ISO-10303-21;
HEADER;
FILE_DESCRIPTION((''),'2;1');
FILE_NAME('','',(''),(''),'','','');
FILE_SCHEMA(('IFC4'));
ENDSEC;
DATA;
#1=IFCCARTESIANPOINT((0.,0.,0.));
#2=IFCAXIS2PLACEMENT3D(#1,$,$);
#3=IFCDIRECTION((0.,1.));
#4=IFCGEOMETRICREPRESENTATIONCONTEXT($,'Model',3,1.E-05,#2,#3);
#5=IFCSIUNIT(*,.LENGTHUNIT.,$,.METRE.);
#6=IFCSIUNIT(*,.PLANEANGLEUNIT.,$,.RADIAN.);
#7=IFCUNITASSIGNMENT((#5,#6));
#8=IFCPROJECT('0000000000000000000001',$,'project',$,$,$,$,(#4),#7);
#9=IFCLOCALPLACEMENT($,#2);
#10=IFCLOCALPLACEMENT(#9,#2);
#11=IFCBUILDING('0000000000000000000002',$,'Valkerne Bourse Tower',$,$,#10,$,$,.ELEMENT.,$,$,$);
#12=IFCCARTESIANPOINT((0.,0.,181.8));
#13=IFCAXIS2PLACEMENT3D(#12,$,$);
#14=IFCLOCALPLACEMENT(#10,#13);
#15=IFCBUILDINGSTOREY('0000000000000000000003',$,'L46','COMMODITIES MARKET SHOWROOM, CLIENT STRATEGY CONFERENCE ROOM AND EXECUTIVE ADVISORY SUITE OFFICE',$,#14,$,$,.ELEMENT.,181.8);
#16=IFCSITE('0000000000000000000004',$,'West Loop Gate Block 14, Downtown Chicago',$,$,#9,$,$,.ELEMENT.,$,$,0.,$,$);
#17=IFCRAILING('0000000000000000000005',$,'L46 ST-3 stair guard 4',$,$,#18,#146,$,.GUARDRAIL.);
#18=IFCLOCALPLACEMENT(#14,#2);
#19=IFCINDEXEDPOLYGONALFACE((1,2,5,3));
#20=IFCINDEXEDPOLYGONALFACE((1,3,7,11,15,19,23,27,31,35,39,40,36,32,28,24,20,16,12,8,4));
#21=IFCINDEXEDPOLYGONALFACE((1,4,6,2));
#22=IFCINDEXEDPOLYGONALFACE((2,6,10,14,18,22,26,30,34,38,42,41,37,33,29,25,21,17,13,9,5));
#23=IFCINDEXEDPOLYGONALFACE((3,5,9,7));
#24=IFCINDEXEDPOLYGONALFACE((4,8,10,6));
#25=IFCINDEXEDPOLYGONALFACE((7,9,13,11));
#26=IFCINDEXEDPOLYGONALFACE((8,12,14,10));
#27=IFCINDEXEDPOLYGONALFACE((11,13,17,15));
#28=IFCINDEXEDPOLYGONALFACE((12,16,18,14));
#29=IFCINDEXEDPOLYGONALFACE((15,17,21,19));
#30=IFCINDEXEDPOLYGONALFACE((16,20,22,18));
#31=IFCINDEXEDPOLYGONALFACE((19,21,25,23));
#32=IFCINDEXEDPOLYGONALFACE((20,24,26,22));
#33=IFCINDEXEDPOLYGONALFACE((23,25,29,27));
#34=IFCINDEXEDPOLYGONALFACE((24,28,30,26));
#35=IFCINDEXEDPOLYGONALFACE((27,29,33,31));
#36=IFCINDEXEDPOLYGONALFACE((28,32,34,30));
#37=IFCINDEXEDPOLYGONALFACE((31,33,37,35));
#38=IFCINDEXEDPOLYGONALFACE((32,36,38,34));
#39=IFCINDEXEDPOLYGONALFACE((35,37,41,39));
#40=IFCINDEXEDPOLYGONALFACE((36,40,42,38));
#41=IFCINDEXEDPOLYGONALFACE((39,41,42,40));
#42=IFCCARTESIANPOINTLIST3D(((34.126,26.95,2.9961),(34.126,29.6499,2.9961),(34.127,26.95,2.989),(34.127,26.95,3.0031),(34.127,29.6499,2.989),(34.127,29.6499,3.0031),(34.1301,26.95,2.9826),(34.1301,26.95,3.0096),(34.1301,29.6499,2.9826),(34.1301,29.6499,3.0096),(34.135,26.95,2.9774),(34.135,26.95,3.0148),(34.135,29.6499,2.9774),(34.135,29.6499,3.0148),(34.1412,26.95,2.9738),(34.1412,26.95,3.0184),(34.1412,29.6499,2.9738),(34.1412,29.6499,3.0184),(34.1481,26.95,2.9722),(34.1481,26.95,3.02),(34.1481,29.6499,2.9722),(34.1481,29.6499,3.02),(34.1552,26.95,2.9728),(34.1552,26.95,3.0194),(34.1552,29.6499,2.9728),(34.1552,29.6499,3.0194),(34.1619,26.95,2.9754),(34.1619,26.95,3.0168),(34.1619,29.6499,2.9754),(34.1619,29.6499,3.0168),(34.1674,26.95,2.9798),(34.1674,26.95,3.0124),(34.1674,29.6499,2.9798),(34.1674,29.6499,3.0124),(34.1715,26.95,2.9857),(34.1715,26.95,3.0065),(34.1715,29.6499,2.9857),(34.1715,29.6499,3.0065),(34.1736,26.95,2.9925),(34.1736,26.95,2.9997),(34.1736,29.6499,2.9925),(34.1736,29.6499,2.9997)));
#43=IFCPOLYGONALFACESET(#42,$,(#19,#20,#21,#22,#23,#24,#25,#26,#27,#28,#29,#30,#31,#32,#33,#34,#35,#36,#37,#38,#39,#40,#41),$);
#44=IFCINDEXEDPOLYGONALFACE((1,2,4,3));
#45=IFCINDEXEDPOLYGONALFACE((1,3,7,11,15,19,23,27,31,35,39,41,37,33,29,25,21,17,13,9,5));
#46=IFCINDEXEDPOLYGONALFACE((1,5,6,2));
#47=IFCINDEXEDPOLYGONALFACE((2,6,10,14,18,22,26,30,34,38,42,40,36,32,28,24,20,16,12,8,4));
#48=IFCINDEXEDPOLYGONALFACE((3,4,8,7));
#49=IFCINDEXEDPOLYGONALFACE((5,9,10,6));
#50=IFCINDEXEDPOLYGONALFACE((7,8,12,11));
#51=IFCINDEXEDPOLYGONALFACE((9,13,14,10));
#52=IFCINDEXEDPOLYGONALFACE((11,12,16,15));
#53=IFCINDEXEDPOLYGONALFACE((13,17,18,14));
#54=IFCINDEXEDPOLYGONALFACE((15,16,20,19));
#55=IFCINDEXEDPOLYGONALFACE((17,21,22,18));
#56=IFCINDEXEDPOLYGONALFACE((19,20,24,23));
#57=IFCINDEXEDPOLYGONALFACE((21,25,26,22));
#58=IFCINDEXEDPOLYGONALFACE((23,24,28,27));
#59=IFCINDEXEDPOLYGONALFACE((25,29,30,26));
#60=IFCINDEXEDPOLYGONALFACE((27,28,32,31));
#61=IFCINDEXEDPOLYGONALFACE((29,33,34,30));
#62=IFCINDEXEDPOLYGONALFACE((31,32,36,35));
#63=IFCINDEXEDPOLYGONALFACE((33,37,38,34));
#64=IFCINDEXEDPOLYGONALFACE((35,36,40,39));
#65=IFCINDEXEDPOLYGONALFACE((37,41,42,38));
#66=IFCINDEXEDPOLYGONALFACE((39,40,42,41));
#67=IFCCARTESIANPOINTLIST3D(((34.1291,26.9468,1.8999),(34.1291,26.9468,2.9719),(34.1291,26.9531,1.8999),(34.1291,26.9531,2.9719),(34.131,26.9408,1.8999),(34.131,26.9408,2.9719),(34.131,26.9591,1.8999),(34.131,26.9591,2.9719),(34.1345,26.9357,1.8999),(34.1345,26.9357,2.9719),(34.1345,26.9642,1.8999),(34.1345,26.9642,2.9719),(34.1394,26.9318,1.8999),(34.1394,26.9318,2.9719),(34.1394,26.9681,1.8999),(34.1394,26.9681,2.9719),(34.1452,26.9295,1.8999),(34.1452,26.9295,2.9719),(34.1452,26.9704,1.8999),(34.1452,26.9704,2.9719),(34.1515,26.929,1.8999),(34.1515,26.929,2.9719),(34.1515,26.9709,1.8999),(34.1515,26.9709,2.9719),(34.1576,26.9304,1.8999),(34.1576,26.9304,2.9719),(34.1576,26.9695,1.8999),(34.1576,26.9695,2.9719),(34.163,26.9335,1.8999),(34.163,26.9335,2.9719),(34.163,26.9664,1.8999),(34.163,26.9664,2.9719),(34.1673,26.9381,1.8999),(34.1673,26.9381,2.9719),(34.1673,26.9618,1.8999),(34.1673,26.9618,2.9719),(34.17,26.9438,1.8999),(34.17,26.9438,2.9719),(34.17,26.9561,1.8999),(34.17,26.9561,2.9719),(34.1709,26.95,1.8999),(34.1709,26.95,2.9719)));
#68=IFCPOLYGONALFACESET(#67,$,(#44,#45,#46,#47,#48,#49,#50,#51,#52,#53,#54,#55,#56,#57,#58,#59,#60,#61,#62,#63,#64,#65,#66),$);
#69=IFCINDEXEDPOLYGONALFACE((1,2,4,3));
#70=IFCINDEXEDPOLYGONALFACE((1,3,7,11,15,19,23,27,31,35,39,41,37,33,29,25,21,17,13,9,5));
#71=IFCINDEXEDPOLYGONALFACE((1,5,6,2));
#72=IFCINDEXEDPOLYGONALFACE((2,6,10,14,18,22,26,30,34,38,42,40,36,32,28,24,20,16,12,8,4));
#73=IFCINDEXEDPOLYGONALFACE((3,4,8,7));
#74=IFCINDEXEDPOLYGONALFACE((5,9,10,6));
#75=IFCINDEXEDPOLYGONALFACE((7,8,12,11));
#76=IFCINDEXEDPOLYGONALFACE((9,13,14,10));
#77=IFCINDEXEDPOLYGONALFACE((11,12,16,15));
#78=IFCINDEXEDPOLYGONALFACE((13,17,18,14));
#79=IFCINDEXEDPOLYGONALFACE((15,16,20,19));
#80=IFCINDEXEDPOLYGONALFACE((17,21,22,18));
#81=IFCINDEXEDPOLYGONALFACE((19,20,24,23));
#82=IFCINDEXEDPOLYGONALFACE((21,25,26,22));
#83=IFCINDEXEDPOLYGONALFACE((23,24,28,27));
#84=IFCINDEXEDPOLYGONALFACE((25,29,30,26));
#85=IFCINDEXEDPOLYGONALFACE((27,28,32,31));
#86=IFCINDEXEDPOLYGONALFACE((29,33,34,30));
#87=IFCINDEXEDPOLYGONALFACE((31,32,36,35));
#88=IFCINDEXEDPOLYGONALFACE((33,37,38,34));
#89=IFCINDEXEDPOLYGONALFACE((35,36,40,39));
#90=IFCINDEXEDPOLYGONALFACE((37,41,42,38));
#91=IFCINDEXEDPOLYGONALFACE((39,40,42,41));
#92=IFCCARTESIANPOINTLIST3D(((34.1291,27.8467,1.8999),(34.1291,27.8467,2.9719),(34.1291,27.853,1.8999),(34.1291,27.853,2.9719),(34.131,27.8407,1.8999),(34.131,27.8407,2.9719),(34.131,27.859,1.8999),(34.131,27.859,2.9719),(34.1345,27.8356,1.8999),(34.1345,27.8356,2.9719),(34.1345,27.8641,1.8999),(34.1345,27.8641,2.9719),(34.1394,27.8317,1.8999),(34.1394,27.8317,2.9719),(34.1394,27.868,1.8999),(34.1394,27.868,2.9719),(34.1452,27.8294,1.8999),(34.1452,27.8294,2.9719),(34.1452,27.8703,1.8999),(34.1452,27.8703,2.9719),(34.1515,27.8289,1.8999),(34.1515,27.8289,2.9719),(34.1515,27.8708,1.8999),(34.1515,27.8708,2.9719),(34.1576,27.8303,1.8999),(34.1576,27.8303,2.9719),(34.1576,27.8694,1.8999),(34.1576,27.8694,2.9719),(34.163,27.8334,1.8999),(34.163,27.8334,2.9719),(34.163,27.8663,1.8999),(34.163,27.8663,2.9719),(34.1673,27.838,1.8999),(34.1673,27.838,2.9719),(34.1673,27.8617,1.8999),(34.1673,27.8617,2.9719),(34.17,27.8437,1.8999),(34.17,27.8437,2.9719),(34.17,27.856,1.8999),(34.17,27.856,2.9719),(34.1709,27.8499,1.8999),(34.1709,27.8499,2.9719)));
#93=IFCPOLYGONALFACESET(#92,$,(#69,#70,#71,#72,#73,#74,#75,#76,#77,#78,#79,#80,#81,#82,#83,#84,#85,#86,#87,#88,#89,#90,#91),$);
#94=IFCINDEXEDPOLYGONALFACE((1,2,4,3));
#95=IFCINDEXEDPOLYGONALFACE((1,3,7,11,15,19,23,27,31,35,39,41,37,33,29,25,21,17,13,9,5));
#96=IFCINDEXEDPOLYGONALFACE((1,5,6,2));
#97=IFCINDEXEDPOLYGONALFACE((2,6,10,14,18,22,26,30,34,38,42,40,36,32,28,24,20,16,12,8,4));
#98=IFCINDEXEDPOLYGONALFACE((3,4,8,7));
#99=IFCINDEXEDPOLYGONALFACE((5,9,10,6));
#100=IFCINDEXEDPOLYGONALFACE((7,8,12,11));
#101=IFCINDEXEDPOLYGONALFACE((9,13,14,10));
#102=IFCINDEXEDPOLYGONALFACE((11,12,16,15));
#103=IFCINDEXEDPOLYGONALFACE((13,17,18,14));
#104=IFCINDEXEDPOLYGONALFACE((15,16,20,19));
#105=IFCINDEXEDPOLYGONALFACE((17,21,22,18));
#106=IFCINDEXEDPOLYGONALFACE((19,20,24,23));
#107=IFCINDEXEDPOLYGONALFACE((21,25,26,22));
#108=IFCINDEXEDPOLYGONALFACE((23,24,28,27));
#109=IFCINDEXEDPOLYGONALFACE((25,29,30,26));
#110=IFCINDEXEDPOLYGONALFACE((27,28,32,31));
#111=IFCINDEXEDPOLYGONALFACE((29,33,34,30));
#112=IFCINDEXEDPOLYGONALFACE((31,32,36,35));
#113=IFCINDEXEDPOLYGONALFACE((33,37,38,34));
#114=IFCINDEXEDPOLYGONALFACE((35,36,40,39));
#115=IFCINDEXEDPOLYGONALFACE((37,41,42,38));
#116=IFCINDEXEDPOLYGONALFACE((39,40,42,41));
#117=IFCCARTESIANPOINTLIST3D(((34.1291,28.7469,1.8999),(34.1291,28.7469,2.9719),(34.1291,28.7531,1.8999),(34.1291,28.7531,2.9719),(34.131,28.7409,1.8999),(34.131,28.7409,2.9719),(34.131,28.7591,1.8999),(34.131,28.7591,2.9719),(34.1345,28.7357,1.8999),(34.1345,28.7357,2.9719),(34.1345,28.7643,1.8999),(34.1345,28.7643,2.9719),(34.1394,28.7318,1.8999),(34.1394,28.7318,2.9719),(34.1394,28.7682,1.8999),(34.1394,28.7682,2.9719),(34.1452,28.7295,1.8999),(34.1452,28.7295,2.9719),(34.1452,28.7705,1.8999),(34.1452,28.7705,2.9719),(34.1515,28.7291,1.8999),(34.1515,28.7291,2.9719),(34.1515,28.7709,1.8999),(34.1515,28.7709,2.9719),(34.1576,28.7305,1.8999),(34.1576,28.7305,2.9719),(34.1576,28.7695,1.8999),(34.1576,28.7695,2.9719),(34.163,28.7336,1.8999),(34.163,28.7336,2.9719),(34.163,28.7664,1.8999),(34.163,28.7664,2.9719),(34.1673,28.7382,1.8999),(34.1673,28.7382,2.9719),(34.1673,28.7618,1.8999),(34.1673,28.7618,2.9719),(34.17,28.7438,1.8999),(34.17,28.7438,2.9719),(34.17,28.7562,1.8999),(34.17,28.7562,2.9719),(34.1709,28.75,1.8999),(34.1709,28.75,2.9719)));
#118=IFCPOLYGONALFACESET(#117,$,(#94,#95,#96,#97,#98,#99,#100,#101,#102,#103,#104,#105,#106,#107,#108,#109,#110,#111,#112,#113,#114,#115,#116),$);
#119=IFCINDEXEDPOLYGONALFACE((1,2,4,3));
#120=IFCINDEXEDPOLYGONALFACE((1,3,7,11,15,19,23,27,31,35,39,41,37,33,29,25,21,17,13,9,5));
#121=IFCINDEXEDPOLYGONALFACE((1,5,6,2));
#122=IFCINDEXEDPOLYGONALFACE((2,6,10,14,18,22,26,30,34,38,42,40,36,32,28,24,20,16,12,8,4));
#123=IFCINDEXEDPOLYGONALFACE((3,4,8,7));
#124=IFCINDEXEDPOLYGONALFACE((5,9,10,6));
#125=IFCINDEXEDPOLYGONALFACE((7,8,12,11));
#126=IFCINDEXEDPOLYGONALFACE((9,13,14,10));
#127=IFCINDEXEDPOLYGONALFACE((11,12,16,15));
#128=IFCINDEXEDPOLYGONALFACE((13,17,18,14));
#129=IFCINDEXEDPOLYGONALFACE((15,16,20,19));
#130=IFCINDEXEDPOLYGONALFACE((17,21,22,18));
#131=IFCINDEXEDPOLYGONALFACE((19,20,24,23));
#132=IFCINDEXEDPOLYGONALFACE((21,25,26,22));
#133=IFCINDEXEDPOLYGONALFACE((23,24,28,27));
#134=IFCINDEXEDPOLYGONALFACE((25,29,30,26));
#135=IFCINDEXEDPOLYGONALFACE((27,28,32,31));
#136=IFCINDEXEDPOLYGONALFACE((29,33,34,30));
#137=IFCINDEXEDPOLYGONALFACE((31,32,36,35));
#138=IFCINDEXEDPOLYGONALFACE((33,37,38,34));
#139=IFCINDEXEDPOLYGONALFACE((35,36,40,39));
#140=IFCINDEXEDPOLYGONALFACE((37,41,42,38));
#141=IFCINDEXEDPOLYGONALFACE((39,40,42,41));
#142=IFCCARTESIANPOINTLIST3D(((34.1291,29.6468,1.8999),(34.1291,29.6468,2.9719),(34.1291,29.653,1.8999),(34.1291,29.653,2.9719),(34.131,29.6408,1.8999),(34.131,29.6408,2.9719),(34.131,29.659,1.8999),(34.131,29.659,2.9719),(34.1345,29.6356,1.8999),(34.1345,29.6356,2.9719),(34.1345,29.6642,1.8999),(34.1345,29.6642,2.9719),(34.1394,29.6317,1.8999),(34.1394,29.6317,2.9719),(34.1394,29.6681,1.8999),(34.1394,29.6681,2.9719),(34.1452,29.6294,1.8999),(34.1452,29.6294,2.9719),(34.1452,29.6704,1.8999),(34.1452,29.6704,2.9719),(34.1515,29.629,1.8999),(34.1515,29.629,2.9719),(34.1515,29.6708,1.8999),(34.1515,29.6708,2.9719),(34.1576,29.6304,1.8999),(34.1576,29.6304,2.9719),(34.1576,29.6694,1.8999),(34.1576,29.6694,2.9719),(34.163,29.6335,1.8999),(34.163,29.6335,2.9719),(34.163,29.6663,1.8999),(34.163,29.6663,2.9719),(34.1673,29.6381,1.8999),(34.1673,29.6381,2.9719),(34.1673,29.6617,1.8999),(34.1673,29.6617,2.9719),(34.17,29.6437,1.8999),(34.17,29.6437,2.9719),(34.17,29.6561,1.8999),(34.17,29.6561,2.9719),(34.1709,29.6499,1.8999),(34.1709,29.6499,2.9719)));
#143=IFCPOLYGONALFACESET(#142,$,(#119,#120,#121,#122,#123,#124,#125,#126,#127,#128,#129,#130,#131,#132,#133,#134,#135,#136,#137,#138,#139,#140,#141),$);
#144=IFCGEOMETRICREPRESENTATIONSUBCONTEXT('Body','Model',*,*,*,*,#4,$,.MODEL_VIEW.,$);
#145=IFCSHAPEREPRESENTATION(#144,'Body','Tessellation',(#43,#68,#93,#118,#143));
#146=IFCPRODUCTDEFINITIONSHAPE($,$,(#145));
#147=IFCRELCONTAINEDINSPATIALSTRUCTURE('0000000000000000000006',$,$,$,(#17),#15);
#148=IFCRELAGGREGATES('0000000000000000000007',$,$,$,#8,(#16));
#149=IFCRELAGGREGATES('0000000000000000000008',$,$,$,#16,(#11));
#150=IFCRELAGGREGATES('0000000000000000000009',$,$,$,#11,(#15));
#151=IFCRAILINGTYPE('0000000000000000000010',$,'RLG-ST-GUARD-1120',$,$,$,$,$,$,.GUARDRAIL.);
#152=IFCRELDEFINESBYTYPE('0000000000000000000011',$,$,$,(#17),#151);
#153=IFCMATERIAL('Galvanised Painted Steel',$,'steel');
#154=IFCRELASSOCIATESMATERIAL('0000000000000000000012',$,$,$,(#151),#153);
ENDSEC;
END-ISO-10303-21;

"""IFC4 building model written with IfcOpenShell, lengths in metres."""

from ifc_helpers import new_model, si_unit, direction, frame, origin, origin_2d, place, context, subcontext, project, spatial, circle, extrude, material, type_object, element, save


model = new_model("IFC4")

# Units and contexts
model_context = context("Model", 3, precision=1e-05, world=origin(), true_north=direction((0.0, 1.0)))
body_context = subcontext(model_context, "Body", "Model", "MODEL_VIEW")
ifc_project = project(units=[si_unit("LENGTHUNIT", "METRE"), si_unit("PLANEANGLEUNIT", "RADIAN")], contexts=[model_context])

# Site, building, storey
site_placement = place(None, origin())
site = spatial("IfcSite", under=ifc_project, at=site_placement, Name="West Loop Gate Block 14, Downtown Chicago", CompositionType="ELEMENT", RefElevation=0.0)
building_placement = place(site_placement, origin())
building = spatial("IfcBuilding", under=site, at=building_placement, Name="Valkerne Bourse Tower", CompositionType="ELEMENT")
storey_placement = place(building_placement, frame((0.0, 0.0, 181.8)))
storey = spatial("IfcBuildingStorey", under=building, at=storey_placement, Name="L46", Description="COMMODITIES MARKET SHOWROOM, CLIENT STRATEGY CONFERENCE ROOM AND EXECUTIVE ADVISORY SUITE OFFICE", CompositionType="ELEMENT", Elevation=181.8)

# Railing
ifc_material_1 = material(Name="Galvanised Painted Steel", Category="steel")
railing_type_1 = type_object("IfcRailingType", Name="RLG-ST-GUARD-1120", PredefinedType="GUARDRAIL", material=ifc_material_1)
for number, where, name in (
    (1, (34.1499, 26.95, 1.8999), "L46 ST-3 stair guard 4"),
):
    element("IfcRailing", number, at=place(storey_placement, frame(where)), inside=storey, type_object=railing_type_1, Name=name, PredefinedType="GUARDRAIL", context=body_context, shape_type="SweptSolid", body=[
        extrude(circle(Radius=0.0239, at=origin_2d()), frame((0.0, 0.0, 1.0962), z_axis=(0.0, 1.0, 0.0), x_axis=(-1.0, 0.0, 0.0)), (0.0, 0.0, 1.0), 2.7),
        extrude(circle(Radius=0.021, at=origin_2d()), origin(), (0.0, 0.0, 1.0), 1.072),
        extrude(circle(Radius=0.021, at=origin_2d()), frame((0.0, 0.8999, 0.0)), (0.0, 0.0, 1.0), 1.072),
        extrude(circle(Radius=0.021, at=origin_2d()), frame((0.0, 1.8, 0.0)), (0.0, 0.0, 1.0), 1.072),
        extrude(circle(Radius=0.021, at=origin_2d()), frame((0.0, 2.7, 0.0)), (0.0, 0.0, 1.0), 1.072),
    ])

save(model, "model.ifc")
